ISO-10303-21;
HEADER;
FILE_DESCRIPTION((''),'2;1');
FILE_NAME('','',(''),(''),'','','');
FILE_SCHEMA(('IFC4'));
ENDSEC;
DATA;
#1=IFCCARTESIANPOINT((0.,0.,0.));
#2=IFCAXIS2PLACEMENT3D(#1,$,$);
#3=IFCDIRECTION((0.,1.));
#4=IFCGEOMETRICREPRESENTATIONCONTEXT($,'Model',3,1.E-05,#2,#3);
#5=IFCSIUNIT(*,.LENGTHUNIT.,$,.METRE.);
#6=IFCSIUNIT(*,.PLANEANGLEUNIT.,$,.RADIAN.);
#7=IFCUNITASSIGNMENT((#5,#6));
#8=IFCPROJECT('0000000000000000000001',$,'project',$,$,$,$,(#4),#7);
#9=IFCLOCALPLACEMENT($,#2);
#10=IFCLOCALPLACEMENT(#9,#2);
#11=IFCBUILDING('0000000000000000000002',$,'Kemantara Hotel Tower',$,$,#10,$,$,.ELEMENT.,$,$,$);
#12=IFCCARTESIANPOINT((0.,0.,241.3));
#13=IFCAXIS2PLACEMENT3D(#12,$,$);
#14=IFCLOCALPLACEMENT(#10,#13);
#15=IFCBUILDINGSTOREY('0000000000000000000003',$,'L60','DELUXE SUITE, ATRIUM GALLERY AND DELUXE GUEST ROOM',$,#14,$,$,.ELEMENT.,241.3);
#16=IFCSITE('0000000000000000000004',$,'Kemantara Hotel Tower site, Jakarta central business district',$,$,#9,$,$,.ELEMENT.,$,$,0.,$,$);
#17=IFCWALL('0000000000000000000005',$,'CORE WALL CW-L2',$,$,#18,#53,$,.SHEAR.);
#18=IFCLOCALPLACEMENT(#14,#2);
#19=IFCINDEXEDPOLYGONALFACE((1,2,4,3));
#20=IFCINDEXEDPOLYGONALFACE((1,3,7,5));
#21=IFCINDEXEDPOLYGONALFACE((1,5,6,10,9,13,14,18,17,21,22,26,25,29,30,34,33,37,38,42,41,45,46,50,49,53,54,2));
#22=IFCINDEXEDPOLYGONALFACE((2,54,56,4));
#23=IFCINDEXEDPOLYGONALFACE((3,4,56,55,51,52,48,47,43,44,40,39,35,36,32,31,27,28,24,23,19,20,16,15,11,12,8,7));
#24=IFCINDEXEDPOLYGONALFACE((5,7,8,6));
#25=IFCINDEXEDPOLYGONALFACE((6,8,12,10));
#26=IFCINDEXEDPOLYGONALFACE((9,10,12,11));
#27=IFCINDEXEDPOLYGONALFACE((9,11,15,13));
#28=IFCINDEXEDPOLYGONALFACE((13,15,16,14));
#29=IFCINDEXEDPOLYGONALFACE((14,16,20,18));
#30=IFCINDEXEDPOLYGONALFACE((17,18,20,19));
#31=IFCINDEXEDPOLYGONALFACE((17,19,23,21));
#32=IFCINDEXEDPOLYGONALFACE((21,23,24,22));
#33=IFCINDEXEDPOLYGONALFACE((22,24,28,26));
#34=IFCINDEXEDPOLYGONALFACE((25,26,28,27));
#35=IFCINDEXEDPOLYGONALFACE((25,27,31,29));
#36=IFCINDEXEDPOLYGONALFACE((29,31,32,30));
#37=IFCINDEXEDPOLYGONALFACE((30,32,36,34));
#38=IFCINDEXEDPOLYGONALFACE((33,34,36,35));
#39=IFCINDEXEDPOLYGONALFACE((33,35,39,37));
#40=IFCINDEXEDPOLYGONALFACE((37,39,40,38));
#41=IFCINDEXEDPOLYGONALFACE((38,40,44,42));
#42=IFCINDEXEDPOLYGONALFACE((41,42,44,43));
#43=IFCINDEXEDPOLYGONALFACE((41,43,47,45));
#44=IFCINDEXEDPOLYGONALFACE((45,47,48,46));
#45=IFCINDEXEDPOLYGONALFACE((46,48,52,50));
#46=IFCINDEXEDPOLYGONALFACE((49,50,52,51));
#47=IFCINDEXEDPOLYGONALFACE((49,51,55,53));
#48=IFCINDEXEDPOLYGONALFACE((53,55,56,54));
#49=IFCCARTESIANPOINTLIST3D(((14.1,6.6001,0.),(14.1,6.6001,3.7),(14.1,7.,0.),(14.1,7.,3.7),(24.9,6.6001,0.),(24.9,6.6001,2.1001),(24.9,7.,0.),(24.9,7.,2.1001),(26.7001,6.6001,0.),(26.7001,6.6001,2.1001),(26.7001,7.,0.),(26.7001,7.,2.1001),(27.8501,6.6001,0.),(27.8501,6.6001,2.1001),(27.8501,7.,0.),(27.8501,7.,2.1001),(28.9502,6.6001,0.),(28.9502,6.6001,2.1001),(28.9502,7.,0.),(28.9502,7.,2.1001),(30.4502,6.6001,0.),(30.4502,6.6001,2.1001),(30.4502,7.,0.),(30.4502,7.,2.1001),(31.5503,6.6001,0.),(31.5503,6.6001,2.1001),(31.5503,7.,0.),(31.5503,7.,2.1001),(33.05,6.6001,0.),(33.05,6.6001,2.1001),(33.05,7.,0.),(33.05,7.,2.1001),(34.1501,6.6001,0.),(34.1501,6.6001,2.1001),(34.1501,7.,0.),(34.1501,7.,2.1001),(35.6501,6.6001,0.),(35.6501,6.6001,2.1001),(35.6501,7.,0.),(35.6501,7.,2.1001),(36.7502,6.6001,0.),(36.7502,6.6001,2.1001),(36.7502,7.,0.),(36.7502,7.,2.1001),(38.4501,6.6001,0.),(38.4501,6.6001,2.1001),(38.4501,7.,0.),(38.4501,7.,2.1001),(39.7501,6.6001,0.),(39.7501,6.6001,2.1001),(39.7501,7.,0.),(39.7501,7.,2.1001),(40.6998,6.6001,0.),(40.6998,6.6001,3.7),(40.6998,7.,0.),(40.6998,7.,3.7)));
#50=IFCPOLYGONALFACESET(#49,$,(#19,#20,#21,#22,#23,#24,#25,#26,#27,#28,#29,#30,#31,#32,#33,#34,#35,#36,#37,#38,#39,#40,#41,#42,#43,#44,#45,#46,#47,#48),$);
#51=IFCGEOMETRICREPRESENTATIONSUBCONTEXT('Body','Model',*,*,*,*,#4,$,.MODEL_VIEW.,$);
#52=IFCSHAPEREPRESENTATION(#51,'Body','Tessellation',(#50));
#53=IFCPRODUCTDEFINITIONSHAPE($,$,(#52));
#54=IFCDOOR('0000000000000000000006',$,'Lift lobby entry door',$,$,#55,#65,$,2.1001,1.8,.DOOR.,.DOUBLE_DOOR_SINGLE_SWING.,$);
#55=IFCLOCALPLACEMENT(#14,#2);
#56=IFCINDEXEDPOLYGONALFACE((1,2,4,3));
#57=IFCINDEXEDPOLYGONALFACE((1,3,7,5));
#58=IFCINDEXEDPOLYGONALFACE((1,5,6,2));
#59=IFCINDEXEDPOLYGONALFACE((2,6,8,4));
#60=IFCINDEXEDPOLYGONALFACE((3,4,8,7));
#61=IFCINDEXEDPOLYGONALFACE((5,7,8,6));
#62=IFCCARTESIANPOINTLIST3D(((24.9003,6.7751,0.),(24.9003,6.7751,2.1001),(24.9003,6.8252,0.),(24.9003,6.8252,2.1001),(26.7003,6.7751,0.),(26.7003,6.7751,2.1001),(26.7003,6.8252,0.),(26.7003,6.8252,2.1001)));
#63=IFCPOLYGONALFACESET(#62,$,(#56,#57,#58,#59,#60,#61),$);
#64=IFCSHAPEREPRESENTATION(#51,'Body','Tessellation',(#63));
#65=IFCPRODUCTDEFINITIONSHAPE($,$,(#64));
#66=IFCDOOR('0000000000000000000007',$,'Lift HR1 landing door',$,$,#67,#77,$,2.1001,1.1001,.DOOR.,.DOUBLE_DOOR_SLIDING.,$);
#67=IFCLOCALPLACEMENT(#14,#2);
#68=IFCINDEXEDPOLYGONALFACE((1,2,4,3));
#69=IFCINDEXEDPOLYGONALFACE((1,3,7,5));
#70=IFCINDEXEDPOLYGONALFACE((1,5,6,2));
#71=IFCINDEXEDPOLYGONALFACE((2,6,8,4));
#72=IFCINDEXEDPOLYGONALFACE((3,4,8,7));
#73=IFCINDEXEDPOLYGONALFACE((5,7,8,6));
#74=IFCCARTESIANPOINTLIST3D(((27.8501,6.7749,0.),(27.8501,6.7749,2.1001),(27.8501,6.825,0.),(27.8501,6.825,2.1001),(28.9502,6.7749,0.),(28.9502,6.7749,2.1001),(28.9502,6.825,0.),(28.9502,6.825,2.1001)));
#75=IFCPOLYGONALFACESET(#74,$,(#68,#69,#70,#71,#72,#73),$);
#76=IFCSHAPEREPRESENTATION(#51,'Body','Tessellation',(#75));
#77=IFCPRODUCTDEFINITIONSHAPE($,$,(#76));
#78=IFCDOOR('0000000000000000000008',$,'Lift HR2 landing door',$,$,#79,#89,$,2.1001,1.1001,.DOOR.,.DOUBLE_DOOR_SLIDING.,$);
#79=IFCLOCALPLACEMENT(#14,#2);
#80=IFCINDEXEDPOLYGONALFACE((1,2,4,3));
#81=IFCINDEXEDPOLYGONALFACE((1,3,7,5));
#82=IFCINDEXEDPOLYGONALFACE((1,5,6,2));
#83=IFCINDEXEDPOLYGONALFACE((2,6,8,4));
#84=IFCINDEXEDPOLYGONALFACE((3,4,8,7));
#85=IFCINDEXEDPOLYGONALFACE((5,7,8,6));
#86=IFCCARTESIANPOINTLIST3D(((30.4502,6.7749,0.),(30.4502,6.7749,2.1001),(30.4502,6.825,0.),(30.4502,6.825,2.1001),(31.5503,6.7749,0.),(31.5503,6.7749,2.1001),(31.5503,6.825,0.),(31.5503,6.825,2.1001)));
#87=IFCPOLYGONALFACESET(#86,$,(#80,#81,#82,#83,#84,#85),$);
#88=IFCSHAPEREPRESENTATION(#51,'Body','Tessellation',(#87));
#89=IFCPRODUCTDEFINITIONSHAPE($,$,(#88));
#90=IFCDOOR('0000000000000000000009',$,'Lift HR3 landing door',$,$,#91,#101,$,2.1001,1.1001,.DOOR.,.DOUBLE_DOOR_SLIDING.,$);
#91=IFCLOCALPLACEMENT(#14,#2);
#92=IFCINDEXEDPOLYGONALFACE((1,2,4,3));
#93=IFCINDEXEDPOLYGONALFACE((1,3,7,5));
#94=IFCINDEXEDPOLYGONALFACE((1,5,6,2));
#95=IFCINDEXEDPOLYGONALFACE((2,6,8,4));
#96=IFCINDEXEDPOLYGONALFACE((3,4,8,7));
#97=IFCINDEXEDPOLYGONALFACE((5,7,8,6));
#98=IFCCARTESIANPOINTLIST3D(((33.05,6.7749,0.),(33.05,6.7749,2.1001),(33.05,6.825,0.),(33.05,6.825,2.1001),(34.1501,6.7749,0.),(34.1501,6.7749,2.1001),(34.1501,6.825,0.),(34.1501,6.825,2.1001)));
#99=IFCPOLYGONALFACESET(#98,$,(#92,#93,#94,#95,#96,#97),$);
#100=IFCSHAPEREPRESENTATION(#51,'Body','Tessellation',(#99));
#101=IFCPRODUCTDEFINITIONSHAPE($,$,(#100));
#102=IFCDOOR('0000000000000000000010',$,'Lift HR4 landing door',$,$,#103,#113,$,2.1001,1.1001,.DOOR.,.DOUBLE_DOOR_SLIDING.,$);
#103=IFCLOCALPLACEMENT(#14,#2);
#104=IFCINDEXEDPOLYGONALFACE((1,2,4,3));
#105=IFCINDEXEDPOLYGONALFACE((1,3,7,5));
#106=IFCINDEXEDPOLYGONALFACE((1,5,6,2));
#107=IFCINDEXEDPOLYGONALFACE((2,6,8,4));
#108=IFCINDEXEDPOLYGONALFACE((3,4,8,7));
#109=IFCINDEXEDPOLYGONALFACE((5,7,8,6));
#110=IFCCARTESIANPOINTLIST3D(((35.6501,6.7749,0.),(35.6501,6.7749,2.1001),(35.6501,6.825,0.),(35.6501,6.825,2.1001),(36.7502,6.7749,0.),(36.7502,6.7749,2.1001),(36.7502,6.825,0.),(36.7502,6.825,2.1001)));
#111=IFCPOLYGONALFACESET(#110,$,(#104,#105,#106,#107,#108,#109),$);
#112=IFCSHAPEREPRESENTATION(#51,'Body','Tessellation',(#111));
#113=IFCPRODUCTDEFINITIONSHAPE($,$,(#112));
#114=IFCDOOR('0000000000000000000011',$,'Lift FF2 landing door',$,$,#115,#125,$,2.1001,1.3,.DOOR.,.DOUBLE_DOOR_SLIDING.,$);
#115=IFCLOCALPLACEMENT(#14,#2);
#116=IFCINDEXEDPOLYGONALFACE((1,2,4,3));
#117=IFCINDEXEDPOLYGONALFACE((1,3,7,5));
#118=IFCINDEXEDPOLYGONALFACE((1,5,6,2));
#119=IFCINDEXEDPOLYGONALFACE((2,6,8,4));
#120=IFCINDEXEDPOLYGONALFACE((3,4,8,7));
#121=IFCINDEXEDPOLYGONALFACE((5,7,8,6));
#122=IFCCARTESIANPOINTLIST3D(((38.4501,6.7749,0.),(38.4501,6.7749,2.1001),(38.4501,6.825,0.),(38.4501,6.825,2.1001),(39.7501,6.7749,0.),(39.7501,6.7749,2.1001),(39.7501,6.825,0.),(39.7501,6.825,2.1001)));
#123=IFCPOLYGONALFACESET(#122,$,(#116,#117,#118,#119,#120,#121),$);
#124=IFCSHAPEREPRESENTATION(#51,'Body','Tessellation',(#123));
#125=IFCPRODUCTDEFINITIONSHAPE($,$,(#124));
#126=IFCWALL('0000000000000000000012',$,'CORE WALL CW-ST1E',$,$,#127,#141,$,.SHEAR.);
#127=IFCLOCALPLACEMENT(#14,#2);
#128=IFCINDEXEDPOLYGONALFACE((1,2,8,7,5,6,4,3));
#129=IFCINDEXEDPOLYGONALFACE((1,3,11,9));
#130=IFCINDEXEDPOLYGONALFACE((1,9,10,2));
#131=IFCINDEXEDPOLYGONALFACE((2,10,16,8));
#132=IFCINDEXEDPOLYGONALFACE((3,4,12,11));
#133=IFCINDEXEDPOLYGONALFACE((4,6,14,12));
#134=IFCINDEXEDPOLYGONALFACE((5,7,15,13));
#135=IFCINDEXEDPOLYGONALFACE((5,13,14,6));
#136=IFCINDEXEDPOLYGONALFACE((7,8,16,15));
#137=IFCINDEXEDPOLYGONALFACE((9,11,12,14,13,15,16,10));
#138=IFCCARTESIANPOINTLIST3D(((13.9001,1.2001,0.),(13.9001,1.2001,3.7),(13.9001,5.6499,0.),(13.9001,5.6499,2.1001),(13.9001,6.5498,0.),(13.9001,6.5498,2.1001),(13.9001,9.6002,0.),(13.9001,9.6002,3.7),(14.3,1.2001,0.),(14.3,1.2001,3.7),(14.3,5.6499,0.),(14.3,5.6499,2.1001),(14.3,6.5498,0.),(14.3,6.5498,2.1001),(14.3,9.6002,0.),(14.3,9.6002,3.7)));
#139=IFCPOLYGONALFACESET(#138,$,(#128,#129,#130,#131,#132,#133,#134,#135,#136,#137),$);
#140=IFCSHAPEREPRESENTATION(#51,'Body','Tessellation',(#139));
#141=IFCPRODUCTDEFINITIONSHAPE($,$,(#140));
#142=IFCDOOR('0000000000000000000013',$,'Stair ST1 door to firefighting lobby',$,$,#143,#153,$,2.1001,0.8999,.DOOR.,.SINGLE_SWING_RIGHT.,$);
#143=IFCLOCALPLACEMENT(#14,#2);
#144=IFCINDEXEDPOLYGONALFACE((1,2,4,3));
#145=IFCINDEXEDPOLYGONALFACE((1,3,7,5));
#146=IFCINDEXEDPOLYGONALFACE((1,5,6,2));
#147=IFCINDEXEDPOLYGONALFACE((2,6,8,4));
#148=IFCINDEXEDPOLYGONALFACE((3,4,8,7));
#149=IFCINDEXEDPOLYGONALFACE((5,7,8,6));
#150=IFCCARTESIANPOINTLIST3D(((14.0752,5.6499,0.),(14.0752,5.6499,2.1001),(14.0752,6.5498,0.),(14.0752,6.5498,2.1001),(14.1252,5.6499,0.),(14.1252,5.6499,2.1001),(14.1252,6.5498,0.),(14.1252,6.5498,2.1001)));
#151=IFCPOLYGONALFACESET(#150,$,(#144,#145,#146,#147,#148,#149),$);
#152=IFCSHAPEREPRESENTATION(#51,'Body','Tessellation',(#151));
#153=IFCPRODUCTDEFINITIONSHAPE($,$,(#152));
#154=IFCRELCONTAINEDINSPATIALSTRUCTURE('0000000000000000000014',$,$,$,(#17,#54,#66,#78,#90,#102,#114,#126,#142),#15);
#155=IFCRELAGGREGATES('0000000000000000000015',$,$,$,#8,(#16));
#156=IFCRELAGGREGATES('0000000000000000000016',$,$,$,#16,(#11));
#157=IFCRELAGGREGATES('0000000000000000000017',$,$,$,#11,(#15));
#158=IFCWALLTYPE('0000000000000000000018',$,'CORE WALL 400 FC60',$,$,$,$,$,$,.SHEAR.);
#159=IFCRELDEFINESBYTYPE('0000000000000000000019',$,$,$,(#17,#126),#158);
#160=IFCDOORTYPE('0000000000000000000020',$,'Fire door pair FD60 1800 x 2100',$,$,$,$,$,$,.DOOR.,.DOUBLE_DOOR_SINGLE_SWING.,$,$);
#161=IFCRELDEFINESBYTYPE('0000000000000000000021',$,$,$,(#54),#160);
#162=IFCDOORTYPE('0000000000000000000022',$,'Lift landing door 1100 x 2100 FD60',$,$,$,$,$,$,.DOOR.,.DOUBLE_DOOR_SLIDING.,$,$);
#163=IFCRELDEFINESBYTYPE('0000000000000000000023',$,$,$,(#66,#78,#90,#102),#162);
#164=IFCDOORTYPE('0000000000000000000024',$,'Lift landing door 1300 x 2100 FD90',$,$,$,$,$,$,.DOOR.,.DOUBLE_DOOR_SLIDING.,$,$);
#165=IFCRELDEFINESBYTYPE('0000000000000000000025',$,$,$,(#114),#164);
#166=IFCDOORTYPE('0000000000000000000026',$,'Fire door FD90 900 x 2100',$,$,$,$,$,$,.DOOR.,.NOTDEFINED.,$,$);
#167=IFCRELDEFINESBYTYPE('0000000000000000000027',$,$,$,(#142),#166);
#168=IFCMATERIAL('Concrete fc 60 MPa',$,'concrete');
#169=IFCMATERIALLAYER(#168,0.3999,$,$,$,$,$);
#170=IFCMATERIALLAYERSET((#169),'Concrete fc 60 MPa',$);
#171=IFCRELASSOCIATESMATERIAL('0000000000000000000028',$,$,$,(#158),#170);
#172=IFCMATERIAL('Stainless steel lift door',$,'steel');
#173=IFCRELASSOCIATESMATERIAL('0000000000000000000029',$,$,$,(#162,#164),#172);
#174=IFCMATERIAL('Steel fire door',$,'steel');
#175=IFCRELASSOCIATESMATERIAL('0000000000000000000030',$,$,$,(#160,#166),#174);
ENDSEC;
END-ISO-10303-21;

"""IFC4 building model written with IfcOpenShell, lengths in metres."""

from ifc_helpers import new_model, si_unit, direction, frame, frame_2d, origin, place, context, subcontext, project, spatial, rectangle, extrude, material, layer, layer_set, type_object, element, fill, save


model = new_model("IFC4")

# Units and contexts
model_context = context("Model", 3, precision=1e-05, world=origin(), true_north=direction((0.0, 1.0)))
body_context = subcontext(model_context, "Body", "Model", "MODEL_VIEW")
ifc_project = project(units=[si_unit("LENGTHUNIT", "METRE"), si_unit("PLANEANGLEUNIT", "RADIAN")], contexts=[model_context])

# Site, building, storey
site_placement = place(None, origin())
site = spatial("IfcSite", under=ifc_project, at=site_placement, Name="Kemantara Hotel Tower site, Jakarta central business district", CompositionType="ELEMENT", RefElevation=0.0)
building_placement = place(site_placement, origin())
building = spatial("IfcBuilding", under=site, at=building_placement, Name="Kemantara Hotel Tower", CompositionType="ELEMENT")
storey_placement = place(building_placement, frame((0.0, 0.0, 241.3)))
storey = spatial("IfcBuildingStorey", under=building, at=storey_placement, Name="L60", Description="DELUXE SUITE, ATRIUM GALLERY AND DELUXE GUEST ROOM", CompositionType="ELEMENT", Elevation=241.3)

# Shared definitions
ifc_material_1 = material(Name="Concrete fc 60 MPa", Category="concrete")

# Wall, openings, doors
ifc_layer_1 = layer(ifc_material_1, 0.3999)
ifc_layer_set_1 = layer_set([ifc_layer_1], Name="Concrete fc 60 MPa")
wall_type_1 = type_object("IfcWallType", Name="CORE WALL 400 FC60", PredefinedType="SHEAR", material=ifc_layer_set_1)
ifc_material_2 = material(Name="Steel fire door", Category="steel")
ifc_material_3 = material(Name="Stainless steel lift door", Category="steel")
door_type_1 = type_object("IfcDoorType", Name="Lift landing door 1100 x 2100 FD60", OperationType="DOUBLE_DOOR_SLIDING", PredefinedType="DOOR", material=ifc_material_3)
door_type_2 = type_object("IfcDoorType", Name="Lift landing door 1300 x 2100 FD90", OperationType="DOUBLE_DOOR_SLIDING", PredefinedType="DOOR", material=ifc_material_3)
wall_1_placement = place(storey_placement, frame((14.1001, 6.8, 0.0), z_axis=(0.0, 0.0, 1.0), x_axis=(1.0, 0.0, 0.0)))
wall_1 = element("IfcWall", 1, at=wall_1_placement, inside=storey, type_object=wall_type_1, Name="CORE WALL CW-L2", PredefinedType="SHEAR", context=body_context, shape_type="SweptSolid", body=[
    extrude(rectangle(XDim=26.5999, YDim=0.3999, at=frame_2d((13.2998, 0.0))), origin(), (0.0, 0.0, 1.0), 3.7),
])
opening_1_placement = place(wall_1_placement, frame((10.8, 0.0, 0.0)))
opening_1 = element("IfcOpeningElement", 2, at=opening_1_placement, cuts=wall_1, PredefinedType="OPENING", context=body_context, shape_type="SweptSolid", body=[
    extrude(rectangle(XDim=1.8, YDim=2.1001, at=frame_2d((0.8999, 1.05))), frame((0.0, 0.21, 0.0), z_axis=(0.0, -1.0, 0.0), x_axis=(1.0, 0.0, 0.0)), (0.0, 0.0, 1.0), 0.4199),
])
opening_2_placement = place(wall_1_placement, frame((13.75, 0.0, 0.0)))
opening_2 = element("IfcOpeningElement", 3, at=opening_2_placement, cuts=wall_1, PredefinedType="OPENING", context=body_context, shape_type="SweptSolid", body=[
    extrude(rectangle(XDim=1.1001, YDim=2.1001, at=frame_2d((0.55, 1.05))), frame((0.0, 0.21, 0.0), z_axis=(0.0, -1.0, 0.0), x_axis=(1.0, 0.0, 0.0)), (0.0, 0.0, 1.0), 0.4199),
])
opening_3_placement = place(wall_1_placement, frame((16.3501, 0.0, 0.0)))
opening_3 = element("IfcOpeningElement", 4, at=opening_3_placement, cuts=wall_1, PredefinedType="OPENING", context=body_context, shape_type="SweptSolid", body=[
    extrude(rectangle(XDim=1.1001, YDim=2.1001, at=frame_2d((0.55, 1.05))), frame((0.0, 0.21, 0.0), z_axis=(0.0, -1.0, 0.0), x_axis=(1.0, 0.0, 0.0)), (0.0, 0.0, 1.0), 0.4199),
])
opening_4_placement = place(wall_1_placement, frame((18.95, 0.0, 0.0)))
opening_4 = element("IfcOpeningElement", 5, at=opening_4_placement, cuts=wall_1, PredefinedType="OPENING", context=body_context, shape_type="SweptSolid", body=[
    extrude(rectangle(XDim=1.1001, YDim=2.1001, at=frame_2d((0.55, 1.05))), frame((0.0, 0.21, 0.0), z_axis=(0.0, -1.0, 0.0), x_axis=(1.0, 0.0, 0.0)), (0.0, 0.0, 1.0), 0.4199),
])
opening_5_placement = place(wall_1_placement, frame((21.55, 0.0, 0.0)))
opening_5 = element("IfcOpeningElement", 6, at=opening_5_placement, cuts=wall_1, PredefinedType="OPENING", context=body_context, shape_type="SweptSolid", body=[
    extrude(rectangle(XDim=1.1001, YDim=2.1001, at=frame_2d((0.55, 1.05))), frame((0.0, 0.21, 0.0), z_axis=(0.0, -1.0, 0.0), x_axis=(1.0, 0.0, 0.0)), (0.0, 0.0, 1.0), 0.4199),
])
opening_6_placement = place(wall_1_placement, frame((24.3501, 0.0, 0.0)))
opening_6 = element("IfcOpeningElement", 7, at=opening_6_placement, cuts=wall_1, PredefinedType="OPENING", context=body_context, shape_type="SweptSolid", body=[
    extrude(rectangle(XDim=1.3, YDim=2.1001, at=frame_2d((0.6499, 1.05))), frame((0.0, 0.21, 0.0), z_axis=(0.0, -1.0, 0.0), x_axis=(1.0, 0.0, 0.0)), (0.0, 0.0, 1.0), 0.4199),
])
door_type_3 = type_object("IfcDoorType", Name="Fire door pair FD60 1800 x 2100", OperationType="DOUBLE_DOOR_SINGLE_SWING", PredefinedType="DOOR", material=ifc_material_2)
door_1_placement = place(opening_1_placement, frame((1.8, 0.0, 0.0), z_axis=(0.0, 0.0, 1.0), x_axis=(-1.0, 0.0, 0.0)))
door_1 = element("IfcDoor", 8, at=door_1_placement, inside=storey, type_object=door_type_3, Name="Lift lobby entry door", OperationType="DOUBLE_DOOR_SINGLE_SWING", OverallHeight=2.1001, OverallWidth=1.8, PredefinedType="DOOR", context=body_context, shape_type="SweptSolid", body=[
    extrude(rectangle(XDim=1.8, YDim=2.1001, at=frame_2d((0.8999, 1.05))), frame((0.0, 0.0249, 0.0), z_axis=(0.0, -1.0, 0.0), x_axis=(1.0, 0.0, 0.0)), (0.0, 0.0, 1.0), 0.05),
])
fill(opening_1, door_1)
door_2_placement = place(opening_2_placement, origin())
door_2 = element("IfcDoor", 9, at=door_2_placement, inside=storey, type_object=door_type_1, Name="Lift HR1 landing door", OperationType="DOUBLE_DOOR_SLIDING", OverallHeight=2.1001, OverallWidth=1.1001, PredefinedType="DOOR", context=body_context, shape_type="SweptSolid", body=[
    extrude(rectangle(XDim=1.1001, YDim=2.1001, at=frame_2d((0.55, 1.05))), frame((0.0, 0.0249, 0.0), z_axis=(0.0, -1.0, 0.0), x_axis=(1.0, 0.0, 0.0)), (0.0, 0.0, 1.0), 0.05),
])
fill(opening_2, door_2)
door_3_placement = place(opening_3_placement, origin())
door_3 = element("IfcDoor", 10, at=door_3_placement, inside=storey, type_object=door_type_1, Name="Lift HR2 landing door", OperationType="DOUBLE_DOOR_SLIDING", OverallHeight=2.1001, OverallWidth=1.1001, PredefinedType="DOOR", context=body_context, shape_type="SweptSolid", body=[
    extrude(rectangle(XDim=1.1001, YDim=2.1001, at=frame_2d((0.55, 1.05))), frame((0.0, 0.0249, 0.0), z_axis=(0.0, -1.0, 0.0), x_axis=(1.0, 0.0, 0.0)), (0.0, 0.0, 1.0), 0.05),
])
fill(opening_3, door_3)
door_4_placement = place(opening_4_placement, origin())
door_4 = element("IfcDoor", 11, at=door_4_placement, inside=storey, type_object=door_type_1, Name="Lift HR3 landing door", OperationType="DOUBLE_DOOR_SLIDING", OverallHeight=2.1001, OverallWidth=1.1001, PredefinedType="DOOR", context=body_context, shape_type="SweptSolid", body=[
    extrude(rectangle(XDim=1.1001, YDim=2.1001, at=frame_2d((0.55, 1.05))), frame((0.0, 0.0249, 0.0), z_axis=(0.0, -1.0, 0.0), x_axis=(1.0, 0.0, 0.0)), (0.0, 0.0, 1.0), 0.05),
])
fill(opening_4, door_4)
door_5_placement = place(opening_5_placement, origin())
door_5 = element("IfcDoor", 12, at=door_5_placement, inside=storey, type_object=door_type_1, Name="Lift HR4 landing door", OperationType="DOUBLE_DOOR_SLIDING", OverallHeight=2.1001, OverallWidth=1.1001, PredefinedType="DOOR", context=body_context, shape_type="SweptSolid", body=[
    extrude(rectangle(XDim=1.1001, YDim=2.1001, at=frame_2d((0.55, 1.05))), frame((0.0, 0.0249, 0.0), z_axis=(0.0, -1.0, 0.0), x_axis=(1.0, 0.0, 0.0)), (0.0, 0.0, 1.0), 0.05),
])
fill(opening_5, door_5)
door_6_placement = place(opening_6_placement, origin())
door_6 = element("IfcDoor", 13, at=door_6_placement, inside=storey, type_object=door_type_2, Name="Lift FF2 landing door", OperationType="DOUBLE_DOOR_SLIDING", OverallHeight=2.1001, OverallWidth=1.3, PredefinedType="DOOR", context=body_context, shape_type="SweptSolid", body=[
    extrude(rectangle(XDim=1.3, YDim=2.1001, at=frame_2d((0.6499, 1.05))), frame((0.0, 0.0249, 0.0), z_axis=(0.0, -1.0, 0.0), x_axis=(1.0, 0.0, 0.0)), (0.0, 0.0, 1.0), 0.05),
])
fill(opening_6, door_6)

# Wall, opening, door
wall_2_placement = place(storey_placement, frame((14.1001, 1.2, 0.0), z_axis=(0.0, 0.0, 1.0), x_axis=(0.0, 1.0, 0.0)))
wall_2 = element("IfcWall", 14, at=wall_2_placement, inside=storey, type_object=wall_type_1, Name="CORE WALL CW-ST1E", PredefinedType="SHEAR", context=body_context, shape_type="SweptSolid", body=[
    extrude(rectangle(XDim=8.4001, YDim=0.3999, at=frame_2d((4.2002, 0.0))), origin(), (0.0, 0.0, 1.0), 3.7),
])
opening_7_placement = place(wall_2_placement, frame((4.45, 0.0, 0.0)))
opening_7 = element("IfcOpeningElement", 15, at=opening_7_placement, cuts=wall_2, PredefinedType="OPENING", context=body_context, shape_type="SweptSolid", body=[
    extrude(rectangle(XDim=0.8999, YDim=2.1001, at=frame_2d((0.45, 1.05))), frame((0.0, 0.21, 0.0), z_axis=(0.0, -1.0, 0.0), x_axis=(1.0, 0.0, 0.0)), (0.0, 0.0, 1.0), 0.4199),
])
door_type_4 = type_object("IfcDoorType", Name="Fire door FD90 900 x 2100", OperationType="NOTDEFINED", PredefinedType="DOOR", material=ifc_material_2)
door_7_placement = place(opening_7_placement, origin())
door_7 = element("IfcDoor", 16, at=door_7_placement, inside=storey, type_object=door_type_4, Name="Stair ST1 door to firefighting lobby", OperationType="SINGLE_SWING_RIGHT", OverallHeight=2.1001, OverallWidth=0.8999, PredefinedType="DOOR", context=body_context, shape_type="SweptSolid", body=[
    extrude(rectangle(XDim=0.8999, YDim=2.1001, at=frame_2d((0.45, 1.05))), frame((0.0, 0.0249, 0.0), z_axis=(0.0, -1.0, 0.0), x_axis=(1.0, 0.0, 0.0)), (0.0, 0.0, 1.0), 0.05),
])
fill(opening_7, door_7)

save(model, "model.ifc")
